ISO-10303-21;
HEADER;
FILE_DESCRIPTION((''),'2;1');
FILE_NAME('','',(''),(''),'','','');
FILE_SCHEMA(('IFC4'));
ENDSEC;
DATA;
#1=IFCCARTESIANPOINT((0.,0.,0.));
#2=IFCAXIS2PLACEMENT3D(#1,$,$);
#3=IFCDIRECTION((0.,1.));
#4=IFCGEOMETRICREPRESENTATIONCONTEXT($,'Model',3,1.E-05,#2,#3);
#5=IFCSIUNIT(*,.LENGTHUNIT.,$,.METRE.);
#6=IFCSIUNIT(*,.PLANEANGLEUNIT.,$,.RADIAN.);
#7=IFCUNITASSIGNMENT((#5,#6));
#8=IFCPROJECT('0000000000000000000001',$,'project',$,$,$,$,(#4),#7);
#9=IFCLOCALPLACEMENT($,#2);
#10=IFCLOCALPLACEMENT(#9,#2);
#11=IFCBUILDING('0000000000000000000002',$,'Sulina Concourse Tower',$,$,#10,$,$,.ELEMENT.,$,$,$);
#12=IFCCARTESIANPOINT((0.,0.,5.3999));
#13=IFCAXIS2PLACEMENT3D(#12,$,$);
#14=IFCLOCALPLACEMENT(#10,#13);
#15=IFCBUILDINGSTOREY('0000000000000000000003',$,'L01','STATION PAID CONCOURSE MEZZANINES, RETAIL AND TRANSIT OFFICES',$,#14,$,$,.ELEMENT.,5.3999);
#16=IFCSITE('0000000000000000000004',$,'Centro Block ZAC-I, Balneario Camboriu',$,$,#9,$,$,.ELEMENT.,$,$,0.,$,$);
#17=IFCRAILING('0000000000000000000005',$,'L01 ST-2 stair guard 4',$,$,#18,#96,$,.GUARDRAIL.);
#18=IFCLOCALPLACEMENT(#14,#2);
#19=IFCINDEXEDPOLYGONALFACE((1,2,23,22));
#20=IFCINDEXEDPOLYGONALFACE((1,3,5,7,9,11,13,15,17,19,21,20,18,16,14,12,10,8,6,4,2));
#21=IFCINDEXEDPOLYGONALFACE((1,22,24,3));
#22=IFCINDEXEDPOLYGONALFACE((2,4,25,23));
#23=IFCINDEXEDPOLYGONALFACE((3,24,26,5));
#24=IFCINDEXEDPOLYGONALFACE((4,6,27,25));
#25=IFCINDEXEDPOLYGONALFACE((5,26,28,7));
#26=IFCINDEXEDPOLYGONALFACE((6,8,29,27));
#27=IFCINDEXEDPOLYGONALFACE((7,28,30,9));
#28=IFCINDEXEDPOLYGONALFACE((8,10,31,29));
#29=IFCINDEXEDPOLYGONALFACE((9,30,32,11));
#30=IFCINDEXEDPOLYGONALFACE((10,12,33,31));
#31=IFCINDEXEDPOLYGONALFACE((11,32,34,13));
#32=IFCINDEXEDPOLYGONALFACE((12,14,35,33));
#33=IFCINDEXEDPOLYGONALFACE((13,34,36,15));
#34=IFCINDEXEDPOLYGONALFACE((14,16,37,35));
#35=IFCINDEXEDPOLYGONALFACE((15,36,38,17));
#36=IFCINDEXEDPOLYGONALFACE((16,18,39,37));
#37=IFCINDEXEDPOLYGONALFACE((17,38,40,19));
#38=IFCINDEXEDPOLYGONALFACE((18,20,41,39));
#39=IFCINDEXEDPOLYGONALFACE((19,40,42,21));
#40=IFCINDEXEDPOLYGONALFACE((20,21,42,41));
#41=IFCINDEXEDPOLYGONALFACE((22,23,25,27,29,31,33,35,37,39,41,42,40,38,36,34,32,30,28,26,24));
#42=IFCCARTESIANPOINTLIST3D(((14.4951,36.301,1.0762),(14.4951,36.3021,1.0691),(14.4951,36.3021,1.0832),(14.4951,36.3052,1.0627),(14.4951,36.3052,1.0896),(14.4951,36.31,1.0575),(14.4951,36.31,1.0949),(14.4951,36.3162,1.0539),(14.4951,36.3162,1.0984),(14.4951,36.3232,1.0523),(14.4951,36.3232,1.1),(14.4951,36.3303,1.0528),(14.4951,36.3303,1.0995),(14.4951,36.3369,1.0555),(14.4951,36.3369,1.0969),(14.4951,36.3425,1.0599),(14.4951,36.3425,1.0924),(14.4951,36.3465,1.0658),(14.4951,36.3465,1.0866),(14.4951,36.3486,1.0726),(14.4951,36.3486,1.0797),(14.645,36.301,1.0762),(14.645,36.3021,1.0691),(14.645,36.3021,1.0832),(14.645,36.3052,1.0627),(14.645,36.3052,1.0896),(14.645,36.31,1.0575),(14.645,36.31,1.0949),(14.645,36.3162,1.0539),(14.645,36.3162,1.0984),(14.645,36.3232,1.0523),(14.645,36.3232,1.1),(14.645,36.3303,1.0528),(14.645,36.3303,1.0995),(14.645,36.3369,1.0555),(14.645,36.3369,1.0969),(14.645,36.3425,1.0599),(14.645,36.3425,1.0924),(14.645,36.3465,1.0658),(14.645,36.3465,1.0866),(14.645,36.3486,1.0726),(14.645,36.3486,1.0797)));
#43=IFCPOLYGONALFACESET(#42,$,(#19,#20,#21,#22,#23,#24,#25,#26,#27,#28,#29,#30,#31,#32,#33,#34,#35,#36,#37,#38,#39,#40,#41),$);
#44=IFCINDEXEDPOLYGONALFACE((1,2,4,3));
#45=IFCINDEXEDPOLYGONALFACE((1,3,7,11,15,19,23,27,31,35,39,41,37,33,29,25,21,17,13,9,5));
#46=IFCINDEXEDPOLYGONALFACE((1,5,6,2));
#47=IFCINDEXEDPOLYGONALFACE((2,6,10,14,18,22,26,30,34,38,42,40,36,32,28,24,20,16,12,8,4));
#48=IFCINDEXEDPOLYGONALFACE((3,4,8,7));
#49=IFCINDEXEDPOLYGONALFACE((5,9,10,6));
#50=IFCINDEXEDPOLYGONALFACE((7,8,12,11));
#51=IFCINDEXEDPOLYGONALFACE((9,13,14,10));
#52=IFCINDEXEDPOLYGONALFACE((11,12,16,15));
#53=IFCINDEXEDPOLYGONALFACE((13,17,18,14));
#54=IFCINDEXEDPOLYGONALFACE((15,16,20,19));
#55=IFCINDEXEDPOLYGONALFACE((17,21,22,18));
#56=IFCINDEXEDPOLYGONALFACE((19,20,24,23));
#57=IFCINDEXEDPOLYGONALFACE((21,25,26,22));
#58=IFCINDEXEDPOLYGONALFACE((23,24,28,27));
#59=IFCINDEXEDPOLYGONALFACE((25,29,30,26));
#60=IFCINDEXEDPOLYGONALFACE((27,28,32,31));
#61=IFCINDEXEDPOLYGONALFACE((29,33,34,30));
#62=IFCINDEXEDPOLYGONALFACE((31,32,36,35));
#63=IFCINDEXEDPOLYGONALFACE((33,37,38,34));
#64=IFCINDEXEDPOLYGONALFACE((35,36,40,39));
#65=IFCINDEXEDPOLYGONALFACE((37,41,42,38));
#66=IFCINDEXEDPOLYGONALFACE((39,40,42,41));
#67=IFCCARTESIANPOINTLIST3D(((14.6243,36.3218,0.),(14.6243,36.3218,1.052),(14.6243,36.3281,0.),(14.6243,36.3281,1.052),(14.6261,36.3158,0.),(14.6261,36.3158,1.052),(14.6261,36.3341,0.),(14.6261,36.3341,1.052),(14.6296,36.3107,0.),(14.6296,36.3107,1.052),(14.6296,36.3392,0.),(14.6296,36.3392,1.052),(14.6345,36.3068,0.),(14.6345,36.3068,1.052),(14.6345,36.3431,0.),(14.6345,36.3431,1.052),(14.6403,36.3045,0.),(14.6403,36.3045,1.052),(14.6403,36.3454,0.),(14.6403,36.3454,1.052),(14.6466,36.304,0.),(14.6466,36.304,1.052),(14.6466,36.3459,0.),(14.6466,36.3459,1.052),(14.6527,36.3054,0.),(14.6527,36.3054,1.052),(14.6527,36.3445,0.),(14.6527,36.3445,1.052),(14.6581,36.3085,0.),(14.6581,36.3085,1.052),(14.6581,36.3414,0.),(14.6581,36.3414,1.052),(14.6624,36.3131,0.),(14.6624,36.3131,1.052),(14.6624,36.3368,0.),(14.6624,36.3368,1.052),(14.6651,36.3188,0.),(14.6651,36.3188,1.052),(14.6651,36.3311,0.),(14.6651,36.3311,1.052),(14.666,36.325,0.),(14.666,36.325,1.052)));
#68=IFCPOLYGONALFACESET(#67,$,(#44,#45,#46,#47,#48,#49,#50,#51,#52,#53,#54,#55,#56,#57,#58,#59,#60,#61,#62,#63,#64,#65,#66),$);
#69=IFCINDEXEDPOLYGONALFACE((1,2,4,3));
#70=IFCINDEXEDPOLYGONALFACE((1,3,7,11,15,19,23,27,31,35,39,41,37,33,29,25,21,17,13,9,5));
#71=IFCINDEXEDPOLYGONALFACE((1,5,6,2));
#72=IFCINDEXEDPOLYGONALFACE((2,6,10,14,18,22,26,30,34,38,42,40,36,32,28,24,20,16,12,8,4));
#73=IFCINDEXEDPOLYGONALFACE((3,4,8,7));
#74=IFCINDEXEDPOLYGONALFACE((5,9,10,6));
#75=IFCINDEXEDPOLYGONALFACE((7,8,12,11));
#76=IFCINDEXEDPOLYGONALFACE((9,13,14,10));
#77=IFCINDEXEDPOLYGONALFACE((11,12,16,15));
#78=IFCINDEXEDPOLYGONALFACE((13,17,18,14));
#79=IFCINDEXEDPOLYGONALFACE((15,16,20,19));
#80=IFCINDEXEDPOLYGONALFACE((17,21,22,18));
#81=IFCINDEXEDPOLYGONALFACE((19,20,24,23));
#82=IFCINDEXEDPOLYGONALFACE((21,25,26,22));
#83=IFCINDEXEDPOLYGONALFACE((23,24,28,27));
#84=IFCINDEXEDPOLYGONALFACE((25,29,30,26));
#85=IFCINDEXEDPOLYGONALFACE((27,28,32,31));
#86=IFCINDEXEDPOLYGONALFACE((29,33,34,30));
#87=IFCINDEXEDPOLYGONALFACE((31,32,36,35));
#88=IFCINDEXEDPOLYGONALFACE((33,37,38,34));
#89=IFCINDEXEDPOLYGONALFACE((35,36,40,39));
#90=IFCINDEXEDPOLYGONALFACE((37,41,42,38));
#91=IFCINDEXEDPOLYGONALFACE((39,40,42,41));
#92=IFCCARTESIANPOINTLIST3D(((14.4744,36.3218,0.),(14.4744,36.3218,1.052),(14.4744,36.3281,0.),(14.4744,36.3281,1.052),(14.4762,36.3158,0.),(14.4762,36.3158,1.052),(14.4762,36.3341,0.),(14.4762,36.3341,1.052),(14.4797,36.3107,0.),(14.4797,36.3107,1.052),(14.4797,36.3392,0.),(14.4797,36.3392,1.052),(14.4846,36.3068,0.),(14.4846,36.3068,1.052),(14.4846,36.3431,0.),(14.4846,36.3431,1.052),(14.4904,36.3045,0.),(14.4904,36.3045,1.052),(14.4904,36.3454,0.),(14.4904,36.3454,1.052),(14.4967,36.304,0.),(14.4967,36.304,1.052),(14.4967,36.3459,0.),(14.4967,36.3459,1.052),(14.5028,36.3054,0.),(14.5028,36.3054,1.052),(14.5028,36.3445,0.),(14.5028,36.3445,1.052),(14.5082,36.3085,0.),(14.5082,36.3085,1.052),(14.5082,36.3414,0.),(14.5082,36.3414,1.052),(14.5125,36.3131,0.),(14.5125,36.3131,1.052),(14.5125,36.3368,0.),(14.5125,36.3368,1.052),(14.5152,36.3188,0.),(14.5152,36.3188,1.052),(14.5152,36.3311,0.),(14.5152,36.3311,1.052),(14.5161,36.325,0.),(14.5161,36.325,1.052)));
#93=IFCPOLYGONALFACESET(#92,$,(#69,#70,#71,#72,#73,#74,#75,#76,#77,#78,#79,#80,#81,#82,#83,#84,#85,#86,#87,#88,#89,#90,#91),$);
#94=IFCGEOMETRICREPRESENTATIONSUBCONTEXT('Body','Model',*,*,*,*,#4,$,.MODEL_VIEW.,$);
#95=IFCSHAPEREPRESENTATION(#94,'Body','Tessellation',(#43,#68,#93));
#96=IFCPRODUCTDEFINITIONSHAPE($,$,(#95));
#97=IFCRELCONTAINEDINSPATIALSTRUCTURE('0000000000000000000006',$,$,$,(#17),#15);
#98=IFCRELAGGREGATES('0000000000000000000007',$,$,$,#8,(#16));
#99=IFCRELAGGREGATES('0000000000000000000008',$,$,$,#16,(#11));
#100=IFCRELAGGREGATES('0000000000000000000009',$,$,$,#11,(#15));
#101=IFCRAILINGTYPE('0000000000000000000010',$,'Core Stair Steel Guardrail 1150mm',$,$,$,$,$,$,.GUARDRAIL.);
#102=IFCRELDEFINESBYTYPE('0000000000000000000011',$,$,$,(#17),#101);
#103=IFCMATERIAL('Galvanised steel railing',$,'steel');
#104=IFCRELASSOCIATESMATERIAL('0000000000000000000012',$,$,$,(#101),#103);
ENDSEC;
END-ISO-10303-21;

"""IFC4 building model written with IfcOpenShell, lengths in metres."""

from ifc_helpers import new_model, si_unit, direction, frame, origin, origin_2d, place, context, subcontext, project, spatial, circle, extrude, material, type_object, element, save


model = new_model("IFC4")

# Units and contexts
model_context = context("Model", 3, precision=1e-05, world=origin(), true_north=direction((0.0, 1.0)))
body_context = subcontext(model_context, "Body", "Model", "MODEL_VIEW")
ifc_project = project(units=[si_unit("LENGTHUNIT", "METRE"), si_unit("PLANEANGLEUNIT", "RADIAN")], contexts=[model_context])

# Site, building, storey
site_placement = place(None, origin())
site = spatial("IfcSite", under=ifc_project, at=site_placement, Name="Centro Block ZAC-I, Balneario Camboriu", CompositionType="ELEMENT", RefElevation=0.0)
building_placement = place(site_placement, origin())
building = spatial("IfcBuilding", under=site, at=building_placement, Name="Sulina Concourse Tower", CompositionType="ELEMENT")
storey_placement = place(building_placement, frame((0.0, 0.0, 5.3999)))
storey = spatial("IfcBuildingStorey", under=building, at=storey_placement, Name="L01", Description="STATION PAID CONCOURSE MEZZANINES, RETAIL AND TRANSIT OFFICES", CompositionType="ELEMENT", Elevation=5.3999)

# Railing
ifc_material_1 = material(Name="Galvanised steel railing", Category="steel")
railing_type_1 = type_object("IfcRailingType", Name="Core Stair Steel Guardrail 1150mm", PredefinedType="GUARDRAIL", material=ifc_material_1)
railing_1_placement = place(storey_placement, frame((14.645, 36.325, 0.0)))
element("IfcRailing", 1, at=railing_1_placement, inside=storey, type_object=railing_type_1, Name="L01 ST-2 stair guard 4", PredefinedType="GUARDRAIL", context=body_context, shape_type="SweptSolid", body=[
    extrude(circle(Radius=0.0239, at=origin_2d()), frame((0.0, 0.0, 1.0762), z_axis=(-1.0, 0.0, 0.0), x_axis=(0.0, -1.0, 0.0)), (0.0, 0.0, 1.0), 0.1499),
    extrude(circle(Radius=0.021, at=origin_2d()), origin(), (0.0, 0.0, 1.0), 1.052),
    extrude(circle(Radius=0.021, at=origin_2d()), frame((-0.1499, 0.0, 0.0)), (0.0, 0.0, 1.0), 1.052),
])

save(model, "model.ifc")
